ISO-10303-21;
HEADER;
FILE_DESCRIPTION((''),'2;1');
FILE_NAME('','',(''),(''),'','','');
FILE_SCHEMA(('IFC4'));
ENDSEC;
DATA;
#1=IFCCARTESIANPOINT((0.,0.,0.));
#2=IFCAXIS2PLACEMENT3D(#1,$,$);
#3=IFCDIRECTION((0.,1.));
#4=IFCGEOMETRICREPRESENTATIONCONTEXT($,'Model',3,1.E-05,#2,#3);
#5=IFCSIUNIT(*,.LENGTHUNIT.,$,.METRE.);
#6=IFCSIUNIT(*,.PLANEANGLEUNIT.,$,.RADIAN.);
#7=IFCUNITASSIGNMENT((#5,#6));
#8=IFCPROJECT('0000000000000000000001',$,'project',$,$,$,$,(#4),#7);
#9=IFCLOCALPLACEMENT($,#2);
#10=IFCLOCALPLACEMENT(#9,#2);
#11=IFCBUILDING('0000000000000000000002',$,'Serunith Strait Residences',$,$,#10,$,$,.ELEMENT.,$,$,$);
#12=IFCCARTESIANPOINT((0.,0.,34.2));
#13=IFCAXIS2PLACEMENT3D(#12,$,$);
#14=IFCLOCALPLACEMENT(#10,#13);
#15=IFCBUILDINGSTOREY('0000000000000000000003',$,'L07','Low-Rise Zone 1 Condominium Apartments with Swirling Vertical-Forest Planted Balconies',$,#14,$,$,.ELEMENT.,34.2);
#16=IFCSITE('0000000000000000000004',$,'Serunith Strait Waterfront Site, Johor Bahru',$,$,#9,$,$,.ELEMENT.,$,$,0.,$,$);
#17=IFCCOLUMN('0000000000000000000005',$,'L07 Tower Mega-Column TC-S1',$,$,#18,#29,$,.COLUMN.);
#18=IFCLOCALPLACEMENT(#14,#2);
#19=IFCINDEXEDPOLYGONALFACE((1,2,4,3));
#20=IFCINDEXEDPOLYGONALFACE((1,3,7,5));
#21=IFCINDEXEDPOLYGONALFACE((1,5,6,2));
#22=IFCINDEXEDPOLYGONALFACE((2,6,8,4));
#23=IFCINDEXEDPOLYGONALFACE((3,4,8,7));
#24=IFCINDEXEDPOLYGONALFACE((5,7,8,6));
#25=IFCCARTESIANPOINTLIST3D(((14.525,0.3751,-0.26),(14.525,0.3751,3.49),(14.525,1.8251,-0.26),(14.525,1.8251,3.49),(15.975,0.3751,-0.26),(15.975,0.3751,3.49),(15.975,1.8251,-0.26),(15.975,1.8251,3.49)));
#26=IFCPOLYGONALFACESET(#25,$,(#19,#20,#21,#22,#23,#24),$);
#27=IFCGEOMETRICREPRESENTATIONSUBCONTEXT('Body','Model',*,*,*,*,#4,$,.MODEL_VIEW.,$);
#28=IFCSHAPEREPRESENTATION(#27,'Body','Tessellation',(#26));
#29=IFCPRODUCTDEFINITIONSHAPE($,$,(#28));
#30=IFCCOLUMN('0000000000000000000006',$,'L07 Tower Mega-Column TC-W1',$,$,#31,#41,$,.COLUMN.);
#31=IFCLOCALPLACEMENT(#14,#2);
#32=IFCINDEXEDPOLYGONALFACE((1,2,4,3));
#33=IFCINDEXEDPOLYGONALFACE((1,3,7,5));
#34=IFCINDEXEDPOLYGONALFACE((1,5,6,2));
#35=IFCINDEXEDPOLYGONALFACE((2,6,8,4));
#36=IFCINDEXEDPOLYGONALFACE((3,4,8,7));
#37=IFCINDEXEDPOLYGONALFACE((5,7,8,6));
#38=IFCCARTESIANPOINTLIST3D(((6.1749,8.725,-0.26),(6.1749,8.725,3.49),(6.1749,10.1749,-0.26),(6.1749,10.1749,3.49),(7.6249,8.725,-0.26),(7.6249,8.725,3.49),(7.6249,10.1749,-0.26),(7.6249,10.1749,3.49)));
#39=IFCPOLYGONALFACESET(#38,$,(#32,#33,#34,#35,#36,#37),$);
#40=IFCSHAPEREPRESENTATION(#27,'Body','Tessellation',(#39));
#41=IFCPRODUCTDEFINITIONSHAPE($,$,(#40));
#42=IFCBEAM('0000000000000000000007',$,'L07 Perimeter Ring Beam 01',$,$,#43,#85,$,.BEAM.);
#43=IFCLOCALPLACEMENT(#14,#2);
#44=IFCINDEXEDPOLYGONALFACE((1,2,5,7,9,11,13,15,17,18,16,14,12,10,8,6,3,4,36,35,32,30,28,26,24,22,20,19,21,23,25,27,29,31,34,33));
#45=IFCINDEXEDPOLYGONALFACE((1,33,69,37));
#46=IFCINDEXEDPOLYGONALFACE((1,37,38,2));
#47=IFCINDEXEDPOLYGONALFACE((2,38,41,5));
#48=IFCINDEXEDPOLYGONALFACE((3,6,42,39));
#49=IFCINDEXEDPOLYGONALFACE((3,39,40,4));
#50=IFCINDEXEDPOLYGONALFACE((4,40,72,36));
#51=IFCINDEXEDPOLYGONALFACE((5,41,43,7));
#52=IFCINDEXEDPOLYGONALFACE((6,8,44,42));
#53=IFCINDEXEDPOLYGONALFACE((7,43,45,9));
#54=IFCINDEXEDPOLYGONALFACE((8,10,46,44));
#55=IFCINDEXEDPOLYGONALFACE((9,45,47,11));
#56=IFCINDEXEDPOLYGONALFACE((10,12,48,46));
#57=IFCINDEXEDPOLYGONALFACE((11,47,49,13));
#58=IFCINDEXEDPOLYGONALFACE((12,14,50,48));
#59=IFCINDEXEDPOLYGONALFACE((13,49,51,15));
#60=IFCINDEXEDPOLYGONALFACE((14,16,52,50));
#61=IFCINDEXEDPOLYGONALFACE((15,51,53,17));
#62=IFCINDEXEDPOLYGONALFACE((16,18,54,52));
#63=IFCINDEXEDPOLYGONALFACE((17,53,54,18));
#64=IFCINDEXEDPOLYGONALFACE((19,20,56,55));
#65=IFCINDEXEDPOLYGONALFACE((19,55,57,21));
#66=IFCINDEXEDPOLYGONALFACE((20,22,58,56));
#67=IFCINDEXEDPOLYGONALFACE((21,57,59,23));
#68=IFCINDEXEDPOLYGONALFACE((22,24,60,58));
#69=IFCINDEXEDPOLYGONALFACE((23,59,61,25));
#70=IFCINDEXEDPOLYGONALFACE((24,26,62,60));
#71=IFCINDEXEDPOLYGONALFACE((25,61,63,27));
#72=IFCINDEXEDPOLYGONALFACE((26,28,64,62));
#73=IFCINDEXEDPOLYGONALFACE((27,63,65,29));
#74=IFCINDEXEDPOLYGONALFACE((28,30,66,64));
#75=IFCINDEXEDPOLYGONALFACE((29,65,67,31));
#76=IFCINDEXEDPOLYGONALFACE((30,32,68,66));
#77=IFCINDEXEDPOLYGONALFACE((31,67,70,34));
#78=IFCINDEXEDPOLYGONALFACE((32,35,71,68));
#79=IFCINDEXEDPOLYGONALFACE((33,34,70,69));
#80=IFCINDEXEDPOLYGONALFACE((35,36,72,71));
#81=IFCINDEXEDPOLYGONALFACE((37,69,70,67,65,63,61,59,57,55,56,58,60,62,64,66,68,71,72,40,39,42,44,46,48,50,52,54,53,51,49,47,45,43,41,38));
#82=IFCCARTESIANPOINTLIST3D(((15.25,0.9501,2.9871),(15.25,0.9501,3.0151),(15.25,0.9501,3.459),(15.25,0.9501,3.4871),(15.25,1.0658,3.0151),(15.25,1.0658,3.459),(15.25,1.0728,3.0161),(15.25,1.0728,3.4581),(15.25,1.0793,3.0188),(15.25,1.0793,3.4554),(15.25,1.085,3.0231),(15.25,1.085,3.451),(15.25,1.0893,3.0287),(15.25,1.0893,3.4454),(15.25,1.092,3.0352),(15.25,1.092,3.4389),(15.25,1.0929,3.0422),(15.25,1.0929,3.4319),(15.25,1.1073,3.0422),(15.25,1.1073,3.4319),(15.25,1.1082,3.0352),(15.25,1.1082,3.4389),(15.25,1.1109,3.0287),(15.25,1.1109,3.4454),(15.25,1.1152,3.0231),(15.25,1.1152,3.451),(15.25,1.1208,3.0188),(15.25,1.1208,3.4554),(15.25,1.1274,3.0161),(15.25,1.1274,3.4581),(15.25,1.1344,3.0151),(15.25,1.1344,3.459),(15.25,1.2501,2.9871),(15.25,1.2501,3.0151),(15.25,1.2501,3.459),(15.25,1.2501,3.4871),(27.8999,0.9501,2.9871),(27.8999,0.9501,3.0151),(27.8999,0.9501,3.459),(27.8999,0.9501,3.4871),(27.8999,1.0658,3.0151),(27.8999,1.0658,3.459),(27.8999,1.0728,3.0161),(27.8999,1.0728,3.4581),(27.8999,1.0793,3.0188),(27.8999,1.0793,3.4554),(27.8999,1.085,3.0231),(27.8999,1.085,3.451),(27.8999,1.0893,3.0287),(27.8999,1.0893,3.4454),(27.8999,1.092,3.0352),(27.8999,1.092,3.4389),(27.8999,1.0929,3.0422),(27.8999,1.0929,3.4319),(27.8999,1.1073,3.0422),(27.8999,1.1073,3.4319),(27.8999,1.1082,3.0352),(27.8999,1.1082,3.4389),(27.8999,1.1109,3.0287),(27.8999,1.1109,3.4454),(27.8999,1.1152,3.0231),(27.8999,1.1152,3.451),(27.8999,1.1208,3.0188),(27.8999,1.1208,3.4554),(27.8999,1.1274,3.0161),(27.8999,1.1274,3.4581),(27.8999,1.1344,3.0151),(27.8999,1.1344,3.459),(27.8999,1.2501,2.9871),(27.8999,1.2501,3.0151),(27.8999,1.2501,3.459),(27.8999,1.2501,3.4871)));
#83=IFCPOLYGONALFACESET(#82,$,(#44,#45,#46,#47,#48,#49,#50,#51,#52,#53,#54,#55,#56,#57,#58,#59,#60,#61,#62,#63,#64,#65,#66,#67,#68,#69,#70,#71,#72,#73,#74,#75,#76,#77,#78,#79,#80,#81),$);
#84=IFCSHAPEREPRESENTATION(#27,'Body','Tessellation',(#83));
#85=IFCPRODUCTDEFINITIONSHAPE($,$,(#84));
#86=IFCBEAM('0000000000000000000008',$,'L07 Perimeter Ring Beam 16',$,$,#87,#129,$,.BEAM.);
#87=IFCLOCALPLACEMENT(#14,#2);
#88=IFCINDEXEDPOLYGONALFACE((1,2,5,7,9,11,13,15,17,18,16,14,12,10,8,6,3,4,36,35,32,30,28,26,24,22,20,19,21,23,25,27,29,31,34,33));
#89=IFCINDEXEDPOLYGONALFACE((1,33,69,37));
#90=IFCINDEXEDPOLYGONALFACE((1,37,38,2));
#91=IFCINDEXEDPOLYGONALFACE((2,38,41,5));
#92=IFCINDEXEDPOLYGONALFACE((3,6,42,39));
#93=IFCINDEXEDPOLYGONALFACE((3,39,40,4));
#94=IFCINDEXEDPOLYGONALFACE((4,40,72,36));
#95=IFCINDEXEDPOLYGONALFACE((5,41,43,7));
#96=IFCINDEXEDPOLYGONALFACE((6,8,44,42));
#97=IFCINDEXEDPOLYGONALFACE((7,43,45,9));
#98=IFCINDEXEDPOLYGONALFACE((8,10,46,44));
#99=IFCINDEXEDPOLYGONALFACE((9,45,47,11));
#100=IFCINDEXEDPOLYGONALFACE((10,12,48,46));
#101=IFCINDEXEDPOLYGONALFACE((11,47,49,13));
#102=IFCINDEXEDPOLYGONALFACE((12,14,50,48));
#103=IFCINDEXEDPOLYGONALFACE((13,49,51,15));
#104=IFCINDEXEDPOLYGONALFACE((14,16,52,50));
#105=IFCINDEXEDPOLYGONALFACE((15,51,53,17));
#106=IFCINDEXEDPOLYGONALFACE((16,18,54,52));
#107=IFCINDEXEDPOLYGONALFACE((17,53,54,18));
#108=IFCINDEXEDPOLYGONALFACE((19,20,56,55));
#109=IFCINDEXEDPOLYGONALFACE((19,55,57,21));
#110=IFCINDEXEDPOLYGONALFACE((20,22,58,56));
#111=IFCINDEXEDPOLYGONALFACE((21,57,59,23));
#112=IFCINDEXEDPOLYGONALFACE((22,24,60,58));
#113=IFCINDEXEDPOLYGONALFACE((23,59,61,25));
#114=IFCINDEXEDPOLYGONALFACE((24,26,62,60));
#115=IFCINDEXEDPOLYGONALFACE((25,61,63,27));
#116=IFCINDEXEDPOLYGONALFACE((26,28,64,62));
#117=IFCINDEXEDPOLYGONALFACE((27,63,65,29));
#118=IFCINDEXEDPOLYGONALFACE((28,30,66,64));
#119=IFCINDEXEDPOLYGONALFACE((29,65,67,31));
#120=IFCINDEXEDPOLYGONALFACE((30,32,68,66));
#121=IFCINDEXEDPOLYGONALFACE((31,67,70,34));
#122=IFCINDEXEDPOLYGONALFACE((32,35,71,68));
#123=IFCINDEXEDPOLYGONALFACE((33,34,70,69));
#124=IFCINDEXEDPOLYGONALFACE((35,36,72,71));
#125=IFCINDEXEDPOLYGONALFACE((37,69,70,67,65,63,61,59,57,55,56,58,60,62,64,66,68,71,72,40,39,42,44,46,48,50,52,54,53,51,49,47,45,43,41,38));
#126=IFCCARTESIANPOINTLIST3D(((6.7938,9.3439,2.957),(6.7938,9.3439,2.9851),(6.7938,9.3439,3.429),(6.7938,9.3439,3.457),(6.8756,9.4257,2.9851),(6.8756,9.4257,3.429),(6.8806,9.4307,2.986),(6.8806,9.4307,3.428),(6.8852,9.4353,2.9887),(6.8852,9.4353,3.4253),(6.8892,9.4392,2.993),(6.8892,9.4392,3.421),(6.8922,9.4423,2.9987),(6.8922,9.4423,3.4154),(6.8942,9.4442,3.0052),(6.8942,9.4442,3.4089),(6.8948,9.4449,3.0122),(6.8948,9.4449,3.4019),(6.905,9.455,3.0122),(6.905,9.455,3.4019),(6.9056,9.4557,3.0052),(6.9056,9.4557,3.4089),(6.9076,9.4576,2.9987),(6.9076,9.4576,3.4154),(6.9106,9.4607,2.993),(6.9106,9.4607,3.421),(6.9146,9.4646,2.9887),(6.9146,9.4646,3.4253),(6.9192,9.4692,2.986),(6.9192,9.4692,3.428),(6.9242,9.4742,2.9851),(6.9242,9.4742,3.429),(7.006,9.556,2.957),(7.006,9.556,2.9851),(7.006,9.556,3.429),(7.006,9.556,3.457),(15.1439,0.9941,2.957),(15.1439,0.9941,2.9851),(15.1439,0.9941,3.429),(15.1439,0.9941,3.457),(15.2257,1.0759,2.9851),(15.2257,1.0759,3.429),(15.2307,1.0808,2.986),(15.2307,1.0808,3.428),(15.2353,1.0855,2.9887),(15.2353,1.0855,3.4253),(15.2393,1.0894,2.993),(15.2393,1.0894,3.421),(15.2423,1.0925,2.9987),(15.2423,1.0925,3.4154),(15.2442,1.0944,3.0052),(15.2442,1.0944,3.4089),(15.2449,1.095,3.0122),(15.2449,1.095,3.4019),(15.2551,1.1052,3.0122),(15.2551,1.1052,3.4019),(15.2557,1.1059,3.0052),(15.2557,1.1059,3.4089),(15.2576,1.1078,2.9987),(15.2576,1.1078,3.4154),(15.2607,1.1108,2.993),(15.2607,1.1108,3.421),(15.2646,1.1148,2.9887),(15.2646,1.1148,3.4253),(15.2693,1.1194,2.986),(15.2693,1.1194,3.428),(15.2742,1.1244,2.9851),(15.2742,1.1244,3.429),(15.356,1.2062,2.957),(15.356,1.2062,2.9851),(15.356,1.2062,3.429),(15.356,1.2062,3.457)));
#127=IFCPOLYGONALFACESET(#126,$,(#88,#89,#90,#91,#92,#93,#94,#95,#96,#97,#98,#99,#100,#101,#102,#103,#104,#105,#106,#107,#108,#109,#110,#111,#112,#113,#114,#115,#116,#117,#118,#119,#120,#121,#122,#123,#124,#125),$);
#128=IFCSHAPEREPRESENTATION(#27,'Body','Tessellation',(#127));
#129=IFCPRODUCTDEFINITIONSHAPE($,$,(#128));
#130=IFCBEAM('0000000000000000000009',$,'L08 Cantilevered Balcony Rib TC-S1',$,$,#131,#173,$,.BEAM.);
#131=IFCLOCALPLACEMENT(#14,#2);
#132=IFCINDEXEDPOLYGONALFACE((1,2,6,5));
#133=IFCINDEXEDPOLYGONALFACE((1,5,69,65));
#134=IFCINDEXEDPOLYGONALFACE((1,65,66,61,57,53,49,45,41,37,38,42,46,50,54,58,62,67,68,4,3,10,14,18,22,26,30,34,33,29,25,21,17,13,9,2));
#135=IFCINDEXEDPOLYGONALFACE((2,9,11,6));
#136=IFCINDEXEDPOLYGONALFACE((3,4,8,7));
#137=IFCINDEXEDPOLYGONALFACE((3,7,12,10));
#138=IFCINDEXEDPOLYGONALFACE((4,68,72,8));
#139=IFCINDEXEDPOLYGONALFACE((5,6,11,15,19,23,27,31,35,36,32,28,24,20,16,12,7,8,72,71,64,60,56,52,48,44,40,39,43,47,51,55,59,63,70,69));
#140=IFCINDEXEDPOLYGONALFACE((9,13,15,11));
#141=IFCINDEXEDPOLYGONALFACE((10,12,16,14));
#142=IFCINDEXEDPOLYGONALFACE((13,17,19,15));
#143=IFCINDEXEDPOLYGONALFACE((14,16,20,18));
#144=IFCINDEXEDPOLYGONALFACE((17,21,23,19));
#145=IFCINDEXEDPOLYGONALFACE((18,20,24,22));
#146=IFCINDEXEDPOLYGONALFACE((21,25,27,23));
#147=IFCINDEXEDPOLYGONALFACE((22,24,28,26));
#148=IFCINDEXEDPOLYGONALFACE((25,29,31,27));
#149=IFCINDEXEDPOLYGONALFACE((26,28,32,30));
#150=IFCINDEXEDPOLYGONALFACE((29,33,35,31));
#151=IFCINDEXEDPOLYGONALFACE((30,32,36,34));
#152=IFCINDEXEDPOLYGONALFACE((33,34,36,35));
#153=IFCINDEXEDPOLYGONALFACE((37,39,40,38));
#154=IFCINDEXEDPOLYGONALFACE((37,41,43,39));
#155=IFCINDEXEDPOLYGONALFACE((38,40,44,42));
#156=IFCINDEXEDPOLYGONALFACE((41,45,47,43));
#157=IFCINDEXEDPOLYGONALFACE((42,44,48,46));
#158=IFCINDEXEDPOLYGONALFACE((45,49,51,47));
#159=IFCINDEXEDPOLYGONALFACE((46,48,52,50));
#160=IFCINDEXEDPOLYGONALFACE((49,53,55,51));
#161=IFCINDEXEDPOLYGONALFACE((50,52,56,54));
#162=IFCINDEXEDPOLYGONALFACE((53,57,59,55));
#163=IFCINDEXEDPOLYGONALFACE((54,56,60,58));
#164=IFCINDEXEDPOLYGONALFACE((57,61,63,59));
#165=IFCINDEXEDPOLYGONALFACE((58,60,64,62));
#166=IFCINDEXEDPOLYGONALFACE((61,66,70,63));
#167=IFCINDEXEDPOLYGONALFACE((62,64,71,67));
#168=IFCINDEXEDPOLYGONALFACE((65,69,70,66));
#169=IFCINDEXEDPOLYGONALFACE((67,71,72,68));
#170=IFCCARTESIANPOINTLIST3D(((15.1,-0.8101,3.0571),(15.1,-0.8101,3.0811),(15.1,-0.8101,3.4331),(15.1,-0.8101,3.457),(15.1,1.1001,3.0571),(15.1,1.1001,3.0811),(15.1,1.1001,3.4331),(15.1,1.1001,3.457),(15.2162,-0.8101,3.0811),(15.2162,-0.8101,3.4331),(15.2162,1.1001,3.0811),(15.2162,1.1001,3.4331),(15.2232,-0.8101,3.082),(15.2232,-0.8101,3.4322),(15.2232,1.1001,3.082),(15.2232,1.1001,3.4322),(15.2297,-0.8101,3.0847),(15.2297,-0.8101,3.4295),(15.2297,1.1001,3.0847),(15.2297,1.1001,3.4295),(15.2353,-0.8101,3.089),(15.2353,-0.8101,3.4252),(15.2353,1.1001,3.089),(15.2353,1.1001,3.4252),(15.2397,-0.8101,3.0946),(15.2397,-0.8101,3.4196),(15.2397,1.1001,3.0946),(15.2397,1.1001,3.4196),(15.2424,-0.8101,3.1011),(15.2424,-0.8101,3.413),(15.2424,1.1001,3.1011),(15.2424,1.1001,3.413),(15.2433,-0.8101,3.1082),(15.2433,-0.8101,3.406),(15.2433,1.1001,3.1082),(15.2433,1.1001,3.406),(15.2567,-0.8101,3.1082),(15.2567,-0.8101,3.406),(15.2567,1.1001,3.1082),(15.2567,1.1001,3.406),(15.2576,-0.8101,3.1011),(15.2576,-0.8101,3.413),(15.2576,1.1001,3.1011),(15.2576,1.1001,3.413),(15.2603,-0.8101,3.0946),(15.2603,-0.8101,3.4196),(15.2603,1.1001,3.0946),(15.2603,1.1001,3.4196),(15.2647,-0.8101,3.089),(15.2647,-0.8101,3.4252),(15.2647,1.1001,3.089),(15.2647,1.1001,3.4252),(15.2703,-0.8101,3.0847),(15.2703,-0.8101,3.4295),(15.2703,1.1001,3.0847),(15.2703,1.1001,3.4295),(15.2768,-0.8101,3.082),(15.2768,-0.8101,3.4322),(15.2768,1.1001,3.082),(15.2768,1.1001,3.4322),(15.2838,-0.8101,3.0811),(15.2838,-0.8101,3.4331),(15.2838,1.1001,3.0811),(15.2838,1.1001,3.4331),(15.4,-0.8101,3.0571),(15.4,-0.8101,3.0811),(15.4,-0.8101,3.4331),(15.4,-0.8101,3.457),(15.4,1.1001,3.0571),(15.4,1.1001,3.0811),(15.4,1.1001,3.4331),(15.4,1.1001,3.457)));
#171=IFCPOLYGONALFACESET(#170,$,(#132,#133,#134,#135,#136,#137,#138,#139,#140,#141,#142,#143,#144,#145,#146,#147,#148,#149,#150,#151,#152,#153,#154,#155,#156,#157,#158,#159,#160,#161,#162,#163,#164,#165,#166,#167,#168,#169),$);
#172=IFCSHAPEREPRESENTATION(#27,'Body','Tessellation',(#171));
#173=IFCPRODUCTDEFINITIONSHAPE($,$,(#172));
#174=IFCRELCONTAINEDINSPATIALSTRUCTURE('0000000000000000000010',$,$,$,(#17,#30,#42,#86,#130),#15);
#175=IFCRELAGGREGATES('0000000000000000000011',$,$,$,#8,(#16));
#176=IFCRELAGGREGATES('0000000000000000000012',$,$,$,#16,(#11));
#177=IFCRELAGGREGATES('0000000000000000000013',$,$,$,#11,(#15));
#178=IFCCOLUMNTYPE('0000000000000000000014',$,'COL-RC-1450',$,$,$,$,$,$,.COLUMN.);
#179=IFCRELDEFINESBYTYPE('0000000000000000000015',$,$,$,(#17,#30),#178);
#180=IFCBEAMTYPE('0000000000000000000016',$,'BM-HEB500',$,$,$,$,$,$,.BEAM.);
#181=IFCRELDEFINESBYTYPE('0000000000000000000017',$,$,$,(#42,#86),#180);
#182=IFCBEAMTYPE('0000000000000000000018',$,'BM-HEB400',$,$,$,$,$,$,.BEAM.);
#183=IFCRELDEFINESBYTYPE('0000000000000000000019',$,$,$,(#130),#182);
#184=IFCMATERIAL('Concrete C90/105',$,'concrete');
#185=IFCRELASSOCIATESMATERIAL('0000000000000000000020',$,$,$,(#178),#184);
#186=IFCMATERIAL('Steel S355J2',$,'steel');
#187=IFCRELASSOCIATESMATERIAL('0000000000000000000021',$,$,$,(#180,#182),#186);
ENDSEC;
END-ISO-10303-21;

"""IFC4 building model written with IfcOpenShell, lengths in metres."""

from ifc_helpers import new_model, si_unit, direction, frame, origin, origin_2d, place, context, subcontext, project, spatial, rectangle, i_section, extrude, source, transform, mapped, material, material_profile, profile_set, type_object, element, save


model = new_model("IFC4")

# Units and contexts
model_context = context("Model", 3, precision=1e-05, world=origin(), true_north=direction((0.0, 1.0)))
body_context = subcontext(model_context, "Body", "Model", "MODEL_VIEW")
ifc_project = project(units=[si_unit("LENGTHUNIT", "METRE"), si_unit("PLANEANGLEUNIT", "RADIAN")], contexts=[model_context])

# Site, building, storey
site_placement = place(None, origin())
site = spatial("IfcSite", under=ifc_project, at=site_placement, Name="Serunith Strait Waterfront Site, Johor Bahru", CompositionType="ELEMENT", RefElevation=0.0)
building_placement = place(site_placement, origin())
building = spatial("IfcBuilding", under=site, at=building_placement, Name="Serunith Strait Residences", CompositionType="ELEMENT")
storey_placement = place(building_placement, frame((0.0, 0.0, 34.2)))
storey = spatial("IfcBuildingStorey", under=building, at=storey_placement, Name="L07", Description="Low-Rise Zone 1 Condominium Apartments with Swirling Vertical-Forest Planted Balconies", CompositionType="ELEMENT", Elevation=34.2)

# Columns
ifc_material_1 = material(Name="Concrete C90/105", Category="concrete")
ifc_material_profile_1 = material_profile(ifc_material_1, rectangle(XDim=1.45, YDim=1.45, at=origin_2d()), Name="RC 1450x1450")
ifc_profile_set_1 = profile_set([ifc_material_profile_1], Name="Concrete C90/105")
column_type = type_object("IfcColumnType", Name="COL-RC-1450", PredefinedType="COLUMN", material=ifc_profile_set_1)
shared_shape_1 = source(origin(), body_context, "Body", "SweptSolid", [
    extrude(rectangle(XDim=1.45, YDim=1.45, at=origin_2d()), origin(), (0.0, 0.0, 1.0), 3.75),
])
for number, where, z_axis, x_axis, name in (
    (1, (15.25, 1.1001, -0.26), (0.0, 0.0, 1.0), (1.0, 0.0, 0.0), "L07 Tower Mega-Column TC-S1"),
    (2, (6.8999, 9.45, -0.26), (0.0, 0.0, 1.0), (1.0, 0.0, 0.0), "L07 Tower Mega-Column TC-W1"),
):
    element("IfcColumn", number, at=place(storey_placement, frame(where, z_axis=z_axis, x_axis=x_axis)), inside=storey, type_object=column_type, Name=name, PredefinedType="COLUMN", context=body_context, shape_type="MappedRepresentation", body=[
        mapped(shared_shape_1, transform((0.0, 0.0, 0.0), scale=1.0)),
    ])

# Beams
ifc_material_2 = material(Name="Steel S355J2", Category="steel")
ifc_material_profile_2 = material_profile(ifc_material_2, i_section(OverallWidth=0.3, OverallDepth=0.5, WebThickness=0.0144, FlangeThickness=0.0281, FilletRadius=0.0271, at=origin_2d()), Name="HEB 500")
ifc_profile_set_2 = profile_set([ifc_material_profile_2], Name="Steel S355J2")
beam_type_1 = type_object("IfcBeamType", Name="BM-HEB500", PredefinedType="BEAM", material=ifc_profile_set_2)
shared_shape_2 = source(origin(), body_context, "Body", "SweptSolid", [
    extrude(i_section(OverallWidth=0.3, OverallDepth=0.5, WebThickness=0.0144, FlangeThickness=0.0281, FilletRadius=0.0271, at=origin_2d()), origin(), (0.0, 0.0, 1.0), 12.6499),
])
beam_1_placement = place(storey_placement, frame((15.25, 1.1001, 3.2371), z_axis=(1.0, 0.0, 0.0), x_axis=(0.0, 1.0, 0.0)))
element("IfcBeam", 3, at=beam_1_placement, inside=storey, type_object=beam_type_1, Name="L07 Perimeter Ring Beam 01", PredefinedType="BEAM", context=body_context, shape_type="MappedRepresentation", body=[
    mapped(shared_shape_2, transform((0.0, 0.0, 0.0), scale=1.0)),
])
shared_shape_3 = source(origin(), body_context, "Body", "SweptSolid", [
    extrude(i_section(OverallWidth=0.3, OverallDepth=0.5, WebThickness=0.0144, FlangeThickness=0.0281, FilletRadius=0.0271, at=origin_2d()), origin(), (0.0, 0.0, 1.0), 11.8086),
])
beam_2_placement = place(storey_placement, frame((6.8999, 9.45, 3.207), z_axis=(0.707117, -0.707096, 0.0), x_axis=(0.707096, 0.707117, 0.0)))
element("IfcBeam", 4, at=beam_2_placement, inside=storey, type_object=beam_type_1, Name="L07 Perimeter Ring Beam 16", PredefinedType="BEAM", context=body_context, shape_type="MappedRepresentation", body=[
    mapped(shared_shape_3, transform((0.0, 0.0, 0.0), scale=1.0)),
])
ifc_material_profile_3 = material_profile(ifc_material_2, i_section(OverallWidth=0.3, OverallDepth=0.3999, WebThickness=0.0134, FlangeThickness=0.0239, FilletRadius=0.0271, at=origin_2d()), Name="HEB 400")
ifc_profile_set_3 = profile_set([ifc_material_profile_3], Name="Steel S355J2")
beam_type_2 = type_object("IfcBeamType", Name="BM-HEB400", PredefinedType="BEAM", material=ifc_profile_set_3)
shared_shape_4 = source(origin(), body_context, "Body", "SweptSolid", [
    extrude(i_section(OverallWidth=0.3, OverallDepth=0.3999, WebThickness=0.0134, FlangeThickness=0.0239, FilletRadius=0.0271, at=origin_2d()), origin(), (0.0, 0.0, 1.0), 1.9102),
])
beam_3_placement = place(storey_placement, frame((15.25, 1.1001, 3.2571), z_axis=(0.0, -1.0, 0.0), x_axis=(1.0, 0.0, 0.0)))
element("IfcBeam", 5, at=beam_3_placement, inside=storey, type_object=beam_type_2, Name="L08 Cantilevered Balcony Rib TC-S1", PredefinedType="BEAM", context=body_context, shape_type="MappedRepresentation", body=[
    mapped(shared_shape_4, transform((0.0, 0.0, 0.0), scale=1.0)),
])

save(model, "model.ifc")
